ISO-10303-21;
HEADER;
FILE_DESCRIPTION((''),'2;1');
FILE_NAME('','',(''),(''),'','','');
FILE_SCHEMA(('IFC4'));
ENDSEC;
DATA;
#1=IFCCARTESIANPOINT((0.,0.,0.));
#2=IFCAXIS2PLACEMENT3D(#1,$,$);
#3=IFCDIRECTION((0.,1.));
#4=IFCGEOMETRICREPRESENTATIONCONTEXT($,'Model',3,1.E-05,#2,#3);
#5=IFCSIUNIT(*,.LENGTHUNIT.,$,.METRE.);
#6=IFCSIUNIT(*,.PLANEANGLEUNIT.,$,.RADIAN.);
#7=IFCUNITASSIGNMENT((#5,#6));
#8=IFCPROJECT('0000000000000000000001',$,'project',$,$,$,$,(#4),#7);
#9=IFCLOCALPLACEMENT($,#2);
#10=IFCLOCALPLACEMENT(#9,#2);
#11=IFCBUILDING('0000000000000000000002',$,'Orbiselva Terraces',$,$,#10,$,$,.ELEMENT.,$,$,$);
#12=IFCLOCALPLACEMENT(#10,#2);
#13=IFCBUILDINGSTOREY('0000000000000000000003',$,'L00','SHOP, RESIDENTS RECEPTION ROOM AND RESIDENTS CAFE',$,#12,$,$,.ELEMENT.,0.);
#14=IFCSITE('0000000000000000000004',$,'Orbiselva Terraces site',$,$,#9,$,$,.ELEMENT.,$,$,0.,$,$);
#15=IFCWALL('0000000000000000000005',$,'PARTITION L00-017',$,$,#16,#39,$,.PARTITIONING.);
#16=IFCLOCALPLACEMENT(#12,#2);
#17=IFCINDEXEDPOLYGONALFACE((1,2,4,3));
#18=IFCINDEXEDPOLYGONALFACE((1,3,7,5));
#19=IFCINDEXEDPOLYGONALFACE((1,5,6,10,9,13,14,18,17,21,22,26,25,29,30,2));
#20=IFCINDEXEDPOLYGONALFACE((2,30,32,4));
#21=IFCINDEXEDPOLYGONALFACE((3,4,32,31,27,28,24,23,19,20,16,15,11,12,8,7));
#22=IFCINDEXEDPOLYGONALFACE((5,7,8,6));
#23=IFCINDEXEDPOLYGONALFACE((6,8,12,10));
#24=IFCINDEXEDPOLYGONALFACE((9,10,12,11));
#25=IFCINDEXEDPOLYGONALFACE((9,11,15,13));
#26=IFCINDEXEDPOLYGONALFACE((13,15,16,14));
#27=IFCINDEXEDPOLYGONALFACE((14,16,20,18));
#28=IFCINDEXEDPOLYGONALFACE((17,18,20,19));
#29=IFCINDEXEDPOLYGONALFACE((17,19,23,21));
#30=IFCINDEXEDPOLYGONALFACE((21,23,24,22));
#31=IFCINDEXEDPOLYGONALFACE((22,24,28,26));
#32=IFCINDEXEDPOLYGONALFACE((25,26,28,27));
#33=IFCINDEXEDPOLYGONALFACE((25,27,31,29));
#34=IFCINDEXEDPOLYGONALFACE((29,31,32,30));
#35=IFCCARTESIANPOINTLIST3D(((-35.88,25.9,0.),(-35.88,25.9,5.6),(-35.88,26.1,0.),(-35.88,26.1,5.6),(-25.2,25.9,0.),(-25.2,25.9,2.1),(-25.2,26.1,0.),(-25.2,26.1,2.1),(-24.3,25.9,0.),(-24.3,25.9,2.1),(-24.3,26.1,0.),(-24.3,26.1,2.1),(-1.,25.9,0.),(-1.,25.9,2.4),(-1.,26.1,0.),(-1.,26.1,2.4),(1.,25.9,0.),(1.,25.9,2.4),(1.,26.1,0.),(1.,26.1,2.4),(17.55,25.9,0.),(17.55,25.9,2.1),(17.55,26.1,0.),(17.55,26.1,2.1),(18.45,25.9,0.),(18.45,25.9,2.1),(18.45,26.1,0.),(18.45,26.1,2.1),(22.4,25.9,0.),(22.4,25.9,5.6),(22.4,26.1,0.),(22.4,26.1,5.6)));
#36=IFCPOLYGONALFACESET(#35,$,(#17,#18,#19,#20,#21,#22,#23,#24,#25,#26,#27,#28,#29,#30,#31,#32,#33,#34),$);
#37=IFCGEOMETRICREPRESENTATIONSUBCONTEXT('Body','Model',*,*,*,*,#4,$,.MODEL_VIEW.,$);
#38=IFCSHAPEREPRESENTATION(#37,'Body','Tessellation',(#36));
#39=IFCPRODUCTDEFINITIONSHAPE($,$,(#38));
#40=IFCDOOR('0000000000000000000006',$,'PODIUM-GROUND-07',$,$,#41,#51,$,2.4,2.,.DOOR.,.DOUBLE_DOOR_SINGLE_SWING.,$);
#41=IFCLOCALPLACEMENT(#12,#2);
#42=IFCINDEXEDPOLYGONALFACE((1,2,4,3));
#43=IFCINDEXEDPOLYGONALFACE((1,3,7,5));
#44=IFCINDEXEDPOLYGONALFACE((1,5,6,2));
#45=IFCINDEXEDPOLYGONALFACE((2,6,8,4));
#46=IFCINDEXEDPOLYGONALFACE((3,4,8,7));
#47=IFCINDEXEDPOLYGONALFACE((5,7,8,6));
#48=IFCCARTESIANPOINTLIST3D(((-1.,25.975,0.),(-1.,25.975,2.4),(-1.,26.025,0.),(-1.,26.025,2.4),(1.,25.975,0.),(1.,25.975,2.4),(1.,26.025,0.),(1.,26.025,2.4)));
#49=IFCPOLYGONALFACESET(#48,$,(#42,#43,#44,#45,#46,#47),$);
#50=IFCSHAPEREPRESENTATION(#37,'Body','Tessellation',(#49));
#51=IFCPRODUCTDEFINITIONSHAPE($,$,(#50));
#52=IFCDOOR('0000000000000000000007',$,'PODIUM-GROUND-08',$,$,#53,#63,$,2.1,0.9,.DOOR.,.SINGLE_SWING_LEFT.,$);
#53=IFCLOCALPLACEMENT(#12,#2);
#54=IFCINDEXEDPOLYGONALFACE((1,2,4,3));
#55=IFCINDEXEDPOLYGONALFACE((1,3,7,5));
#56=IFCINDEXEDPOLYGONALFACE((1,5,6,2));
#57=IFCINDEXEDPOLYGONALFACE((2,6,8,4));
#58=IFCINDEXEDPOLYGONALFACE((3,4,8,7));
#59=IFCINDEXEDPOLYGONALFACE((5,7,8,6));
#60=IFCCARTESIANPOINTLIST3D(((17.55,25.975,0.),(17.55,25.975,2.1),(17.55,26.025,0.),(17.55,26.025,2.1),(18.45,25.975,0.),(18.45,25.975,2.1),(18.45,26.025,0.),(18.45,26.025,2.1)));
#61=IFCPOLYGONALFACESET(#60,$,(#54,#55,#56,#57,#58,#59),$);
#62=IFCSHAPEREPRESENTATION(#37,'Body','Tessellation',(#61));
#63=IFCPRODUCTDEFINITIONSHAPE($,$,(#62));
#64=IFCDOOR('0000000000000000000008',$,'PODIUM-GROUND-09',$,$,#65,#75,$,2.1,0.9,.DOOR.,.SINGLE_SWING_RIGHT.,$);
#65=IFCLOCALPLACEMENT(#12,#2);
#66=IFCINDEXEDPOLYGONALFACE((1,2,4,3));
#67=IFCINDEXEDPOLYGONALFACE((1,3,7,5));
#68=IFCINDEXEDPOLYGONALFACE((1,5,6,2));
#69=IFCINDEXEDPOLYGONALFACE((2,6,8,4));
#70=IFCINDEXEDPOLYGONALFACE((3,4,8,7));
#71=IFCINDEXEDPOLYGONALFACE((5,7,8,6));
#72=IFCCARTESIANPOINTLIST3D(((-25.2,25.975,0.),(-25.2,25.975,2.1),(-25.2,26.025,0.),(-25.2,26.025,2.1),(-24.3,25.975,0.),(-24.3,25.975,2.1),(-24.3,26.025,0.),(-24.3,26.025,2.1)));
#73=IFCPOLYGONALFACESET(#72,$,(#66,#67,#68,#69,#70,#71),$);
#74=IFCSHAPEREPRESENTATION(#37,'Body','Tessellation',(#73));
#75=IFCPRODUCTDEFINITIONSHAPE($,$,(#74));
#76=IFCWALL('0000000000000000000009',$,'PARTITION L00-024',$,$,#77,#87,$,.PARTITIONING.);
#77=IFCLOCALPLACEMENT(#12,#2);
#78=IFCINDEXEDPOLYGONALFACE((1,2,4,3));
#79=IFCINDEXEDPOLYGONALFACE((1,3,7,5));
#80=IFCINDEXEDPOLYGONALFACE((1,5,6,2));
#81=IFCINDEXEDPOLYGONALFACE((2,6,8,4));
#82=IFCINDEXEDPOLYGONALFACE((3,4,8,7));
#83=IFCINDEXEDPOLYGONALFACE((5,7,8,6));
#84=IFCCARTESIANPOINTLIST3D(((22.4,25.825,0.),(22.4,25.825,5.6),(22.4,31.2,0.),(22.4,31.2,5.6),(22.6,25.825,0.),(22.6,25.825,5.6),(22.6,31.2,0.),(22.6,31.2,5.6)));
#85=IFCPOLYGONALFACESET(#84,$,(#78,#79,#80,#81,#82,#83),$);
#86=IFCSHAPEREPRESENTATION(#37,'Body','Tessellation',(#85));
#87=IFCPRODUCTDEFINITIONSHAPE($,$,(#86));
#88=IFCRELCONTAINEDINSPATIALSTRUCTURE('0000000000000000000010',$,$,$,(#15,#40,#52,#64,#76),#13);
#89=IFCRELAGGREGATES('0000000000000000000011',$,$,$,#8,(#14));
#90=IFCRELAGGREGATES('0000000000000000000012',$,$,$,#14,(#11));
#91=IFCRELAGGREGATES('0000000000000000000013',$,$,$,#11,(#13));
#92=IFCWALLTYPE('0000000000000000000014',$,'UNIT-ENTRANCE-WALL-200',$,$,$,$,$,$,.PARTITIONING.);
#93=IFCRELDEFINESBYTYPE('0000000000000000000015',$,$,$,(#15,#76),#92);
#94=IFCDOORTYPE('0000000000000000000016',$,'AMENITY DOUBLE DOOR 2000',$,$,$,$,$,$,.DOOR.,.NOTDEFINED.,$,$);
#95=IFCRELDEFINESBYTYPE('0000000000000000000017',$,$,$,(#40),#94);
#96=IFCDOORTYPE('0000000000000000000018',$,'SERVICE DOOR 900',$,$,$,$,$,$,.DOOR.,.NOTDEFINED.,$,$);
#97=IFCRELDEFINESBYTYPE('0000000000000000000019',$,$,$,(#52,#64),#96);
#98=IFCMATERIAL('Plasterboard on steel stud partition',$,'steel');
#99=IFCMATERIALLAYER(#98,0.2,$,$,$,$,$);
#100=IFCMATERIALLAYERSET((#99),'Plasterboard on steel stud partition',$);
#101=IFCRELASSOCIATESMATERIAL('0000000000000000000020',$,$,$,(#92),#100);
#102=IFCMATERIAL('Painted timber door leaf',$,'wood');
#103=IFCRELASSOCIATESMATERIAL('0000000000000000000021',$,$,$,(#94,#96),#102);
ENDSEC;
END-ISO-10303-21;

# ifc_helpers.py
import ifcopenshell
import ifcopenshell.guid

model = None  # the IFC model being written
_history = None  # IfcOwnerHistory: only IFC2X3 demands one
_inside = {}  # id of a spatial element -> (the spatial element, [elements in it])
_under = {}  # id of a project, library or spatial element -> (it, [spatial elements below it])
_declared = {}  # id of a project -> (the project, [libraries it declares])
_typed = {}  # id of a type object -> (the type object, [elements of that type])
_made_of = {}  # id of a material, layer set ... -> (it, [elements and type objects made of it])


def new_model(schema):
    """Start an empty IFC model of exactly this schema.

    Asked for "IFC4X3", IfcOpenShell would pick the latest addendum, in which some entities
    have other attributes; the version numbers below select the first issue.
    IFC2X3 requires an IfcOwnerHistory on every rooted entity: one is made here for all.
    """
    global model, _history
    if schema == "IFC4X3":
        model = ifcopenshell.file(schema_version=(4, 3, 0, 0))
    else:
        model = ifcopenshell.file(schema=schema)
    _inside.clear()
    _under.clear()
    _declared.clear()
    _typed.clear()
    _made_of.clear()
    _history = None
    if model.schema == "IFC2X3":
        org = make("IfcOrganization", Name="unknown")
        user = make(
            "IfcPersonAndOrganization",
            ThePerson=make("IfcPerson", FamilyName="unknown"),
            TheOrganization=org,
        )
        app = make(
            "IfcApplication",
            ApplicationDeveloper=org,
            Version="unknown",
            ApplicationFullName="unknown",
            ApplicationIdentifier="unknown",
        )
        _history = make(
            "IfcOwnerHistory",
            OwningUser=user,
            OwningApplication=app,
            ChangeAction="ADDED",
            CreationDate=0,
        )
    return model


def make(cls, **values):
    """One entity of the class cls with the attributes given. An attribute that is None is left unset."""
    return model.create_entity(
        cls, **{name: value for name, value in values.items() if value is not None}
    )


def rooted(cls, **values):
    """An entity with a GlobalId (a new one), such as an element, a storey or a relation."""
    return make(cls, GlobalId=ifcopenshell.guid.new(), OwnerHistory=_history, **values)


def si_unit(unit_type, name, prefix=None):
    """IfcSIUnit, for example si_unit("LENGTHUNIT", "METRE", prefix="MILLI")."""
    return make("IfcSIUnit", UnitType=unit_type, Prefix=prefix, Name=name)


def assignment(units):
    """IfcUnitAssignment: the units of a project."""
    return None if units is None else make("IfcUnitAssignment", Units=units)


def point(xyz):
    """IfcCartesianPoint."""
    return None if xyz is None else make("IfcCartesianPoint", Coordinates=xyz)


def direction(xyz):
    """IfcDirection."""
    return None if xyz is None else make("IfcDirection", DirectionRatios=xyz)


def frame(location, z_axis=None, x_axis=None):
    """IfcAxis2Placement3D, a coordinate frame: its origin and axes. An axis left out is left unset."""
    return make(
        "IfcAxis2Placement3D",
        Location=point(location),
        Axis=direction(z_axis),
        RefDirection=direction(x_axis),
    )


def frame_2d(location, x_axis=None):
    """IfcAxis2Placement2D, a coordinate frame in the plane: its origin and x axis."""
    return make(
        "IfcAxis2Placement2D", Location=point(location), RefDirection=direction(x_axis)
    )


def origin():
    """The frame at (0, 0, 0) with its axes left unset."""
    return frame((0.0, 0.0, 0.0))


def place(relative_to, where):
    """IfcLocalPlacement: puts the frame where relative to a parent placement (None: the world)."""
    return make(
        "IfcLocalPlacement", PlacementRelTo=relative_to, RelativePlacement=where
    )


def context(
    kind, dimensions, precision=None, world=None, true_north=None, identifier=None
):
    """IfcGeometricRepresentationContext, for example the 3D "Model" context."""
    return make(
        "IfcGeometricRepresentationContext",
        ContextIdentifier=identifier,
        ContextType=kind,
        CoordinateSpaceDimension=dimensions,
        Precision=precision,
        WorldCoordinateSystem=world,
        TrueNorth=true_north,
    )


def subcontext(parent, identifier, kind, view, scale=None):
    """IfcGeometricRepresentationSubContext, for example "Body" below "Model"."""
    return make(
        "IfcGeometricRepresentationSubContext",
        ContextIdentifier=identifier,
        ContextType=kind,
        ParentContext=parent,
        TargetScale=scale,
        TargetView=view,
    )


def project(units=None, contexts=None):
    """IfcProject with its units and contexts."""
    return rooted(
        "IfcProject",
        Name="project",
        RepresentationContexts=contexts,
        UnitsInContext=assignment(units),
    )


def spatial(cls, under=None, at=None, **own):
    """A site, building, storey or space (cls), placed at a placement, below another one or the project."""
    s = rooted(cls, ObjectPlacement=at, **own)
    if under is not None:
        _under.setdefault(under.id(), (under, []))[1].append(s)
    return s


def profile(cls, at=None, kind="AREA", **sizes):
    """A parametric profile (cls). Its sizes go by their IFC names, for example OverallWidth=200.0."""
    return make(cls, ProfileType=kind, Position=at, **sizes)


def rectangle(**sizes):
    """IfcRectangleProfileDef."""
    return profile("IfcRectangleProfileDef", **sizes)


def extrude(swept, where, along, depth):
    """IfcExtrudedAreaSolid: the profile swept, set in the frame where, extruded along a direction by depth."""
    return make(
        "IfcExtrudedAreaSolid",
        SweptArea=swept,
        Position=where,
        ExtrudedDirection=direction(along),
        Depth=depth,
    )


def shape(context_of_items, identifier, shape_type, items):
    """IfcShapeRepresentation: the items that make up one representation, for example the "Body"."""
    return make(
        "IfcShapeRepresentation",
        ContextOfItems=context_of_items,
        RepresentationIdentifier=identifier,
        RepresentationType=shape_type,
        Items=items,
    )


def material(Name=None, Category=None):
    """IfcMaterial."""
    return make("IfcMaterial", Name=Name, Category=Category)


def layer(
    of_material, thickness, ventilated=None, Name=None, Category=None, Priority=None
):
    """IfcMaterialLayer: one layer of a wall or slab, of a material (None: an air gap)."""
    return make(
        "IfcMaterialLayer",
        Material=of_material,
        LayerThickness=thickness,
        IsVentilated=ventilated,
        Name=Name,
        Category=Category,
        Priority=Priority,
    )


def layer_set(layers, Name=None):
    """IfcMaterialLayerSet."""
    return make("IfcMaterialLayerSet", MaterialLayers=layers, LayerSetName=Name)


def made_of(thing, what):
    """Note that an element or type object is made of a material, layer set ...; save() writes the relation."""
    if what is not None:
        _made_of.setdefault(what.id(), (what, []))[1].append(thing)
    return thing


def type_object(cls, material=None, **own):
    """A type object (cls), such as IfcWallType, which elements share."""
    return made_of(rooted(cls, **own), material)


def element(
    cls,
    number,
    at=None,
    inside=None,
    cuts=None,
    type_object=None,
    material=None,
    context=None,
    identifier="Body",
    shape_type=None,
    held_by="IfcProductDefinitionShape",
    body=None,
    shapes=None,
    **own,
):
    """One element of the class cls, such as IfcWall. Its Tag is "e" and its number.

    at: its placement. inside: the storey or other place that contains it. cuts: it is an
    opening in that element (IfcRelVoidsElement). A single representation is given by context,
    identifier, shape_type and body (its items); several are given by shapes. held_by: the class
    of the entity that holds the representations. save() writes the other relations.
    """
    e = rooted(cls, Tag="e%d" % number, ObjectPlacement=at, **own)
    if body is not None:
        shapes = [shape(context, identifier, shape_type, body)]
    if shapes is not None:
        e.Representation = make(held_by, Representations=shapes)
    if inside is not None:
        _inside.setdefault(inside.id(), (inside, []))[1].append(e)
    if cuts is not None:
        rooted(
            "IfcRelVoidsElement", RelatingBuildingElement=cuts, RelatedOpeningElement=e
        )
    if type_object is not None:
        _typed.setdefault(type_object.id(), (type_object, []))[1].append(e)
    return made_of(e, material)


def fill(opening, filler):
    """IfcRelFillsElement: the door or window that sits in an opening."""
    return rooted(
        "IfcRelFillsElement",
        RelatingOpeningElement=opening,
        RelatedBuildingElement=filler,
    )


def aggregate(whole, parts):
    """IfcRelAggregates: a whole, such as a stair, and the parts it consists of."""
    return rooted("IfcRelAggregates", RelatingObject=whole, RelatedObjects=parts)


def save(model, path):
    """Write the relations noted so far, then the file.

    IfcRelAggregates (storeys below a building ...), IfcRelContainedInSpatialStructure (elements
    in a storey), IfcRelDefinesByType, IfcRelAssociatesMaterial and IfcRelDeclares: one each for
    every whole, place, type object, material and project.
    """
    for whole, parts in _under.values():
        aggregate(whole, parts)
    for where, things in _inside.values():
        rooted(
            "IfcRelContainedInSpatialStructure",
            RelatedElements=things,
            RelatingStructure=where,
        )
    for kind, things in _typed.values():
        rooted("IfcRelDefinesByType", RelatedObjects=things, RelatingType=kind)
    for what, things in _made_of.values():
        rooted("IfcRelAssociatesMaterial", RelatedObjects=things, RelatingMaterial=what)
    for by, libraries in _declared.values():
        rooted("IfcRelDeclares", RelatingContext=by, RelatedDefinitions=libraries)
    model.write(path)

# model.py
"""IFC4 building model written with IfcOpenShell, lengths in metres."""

from ifc_helpers import new_model, si_unit, direction, frame, frame_2d, origin, place, context, subcontext, project, spatial, rectangle, extrude, material, layer, layer_set, type_object, element, fill, save


model = new_model("IFC4")

# Units and contexts
model_context = context("Model", 3, precision=1e-05, world=origin(), true_north=direction((0.0, 1.0)))
body_context = subcontext(model_context, "Body", "Model", "MODEL_VIEW")
ifc_project = project(units=[si_unit("LENGTHUNIT", "METRE"), si_unit("PLANEANGLEUNIT", "RADIAN")], contexts=[model_context])

# Site, building, storey
site_placement = place(None, origin())
site = spatial("IfcSite", under=ifc_project, at=site_placement, Name="Orbiselva Terraces site", CompositionType="ELEMENT", RefElevation=0.0)
building_placement = place(site_placement, origin())
building = spatial("IfcBuilding", under=site, at=building_placement, Name="Orbiselva Terraces", CompositionType="ELEMENT")
storey_placement = place(building_placement, origin())
storey = spatial("IfcBuildingStorey", under=building, at=storey_placement, Name="L00", Description="SHOP, RESIDENTS RECEPTION ROOM AND RESIDENTS CAFE", CompositionType="ELEMENT", Elevation=0.0)

# Wall, openings, doors
ifc_material_1 = material(Name="Plasterboard on steel stud partition", Category="steel")
ifc_layer_1 = layer(ifc_material_1, 0.2)
ifc_layer_set_1 = layer_set([ifc_layer_1], Name="Plasterboard on steel stud partition")
wall_type = type_object("IfcWallType", Name="UNIT-ENTRANCE-WALL-200", PredefinedType="PARTITIONING", material=ifc_layer_set_1)
wall_1_placement = place(storey_placement, frame((22.4, 26.0, 0.0), z_axis=(0.0, 0.0, 1.0), x_axis=(-1.0, 0.0, 0.0)))
wall_1 = element("IfcWall", 1, at=wall_1_placement, inside=storey, type_object=wall_type, Name="PARTITION L00-017", PredefinedType="PARTITIONING", context=body_context, shape_type="SweptSolid", body=[
    extrude(rectangle(XDim=58.28, YDim=0.2, at=frame_2d((29.14, 0.0))), origin(), (0.0, 0.0, 1.0), 5.6),
])
opening_1_placement = place(wall_1_placement, frame((21.4, 0.0, 0.0)))
opening_1 = element("IfcOpeningElement", 2, at=opening_1_placement, cuts=wall_1, PredefinedType="OPENING", context=body_context, shape_type="SweptSolid", body=[
    extrude(rectangle(XDim=2.0, YDim=2.4, at=frame_2d((1.0, 1.2))), frame((0.0, 0.11, 0.0), z_axis=(0.0, -1.0, 0.0), x_axis=(1.0, 0.0, 0.0)), (0.0, 0.0, 1.0), 0.22),
])
opening_2_placement = place(wall_1_placement, frame((3.95, 0.0, 0.0)))
opening_2 = element("IfcOpeningElement", 3, at=opening_2_placement, cuts=wall_1, PredefinedType="OPENING", context=body_context, shape_type="SweptSolid", body=[
    extrude(rectangle(XDim=0.9, YDim=2.1, at=frame_2d((0.45, 1.05))), frame((0.0, 0.11, 0.0), z_axis=(0.0, -1.0, 0.0), x_axis=(1.0, 0.0, 0.0)), (0.0, 0.0, 1.0), 0.22),
])
opening_3_placement = place(wall_1_placement, frame((46.7, 0.0, 0.0)))
opening_3 = element("IfcOpeningElement", 4, at=opening_3_placement, cuts=wall_1, PredefinedType="OPENING", context=body_context, shape_type="SweptSolid", body=[
    extrude(rectangle(XDim=0.9, YDim=2.1, at=frame_2d((0.45, 1.05))), frame((0.0, 0.11, 0.0), z_axis=(0.0, -1.0, 0.0), x_axis=(1.0, 0.0, 0.0)), (0.0, 0.0, 1.0), 0.22),
])
ifc_material_2 = material(Name="Painted timber door leaf", Category="wood")
door_type_1 = type_object("IfcDoorType", Name="AMENITY DOUBLE DOOR 2000", OperationType="NOTDEFINED", PredefinedType="DOOR", material=ifc_material_2)
door_1_placement = place(opening_1_placement, origin())
door_1 = element("IfcDoor", 5, at=door_1_placement, inside=storey, type_object=door_type_1, Name="PODIUM-GROUND-07", OperationType="DOUBLE_DOOR_SINGLE_SWING", OverallHeight=2.4, OverallWidth=2.0, PredefinedType="DOOR", context=body_context, shape_type="SweptSolid", body=[
    extrude(rectangle(XDim=2.0, YDim=2.4, at=frame_2d((1.0, 1.2))), frame((0.0, 0.025, 0.0), z_axis=(0.0, -1.0, 0.0), x_axis=(1.0, 0.0, 0.0)), (0.0, 0.0, 1.0), 0.05),
])
fill(opening_1, door_1)
door_type_2 = type_object("IfcDoorType", Name="SERVICE DOOR 900", OperationType="NOTDEFINED", PredefinedType="DOOR", material=ifc_material_2)
door_2_placement = place(opening_2_placement, origin())
door_2 = element("IfcDoor", 6, at=door_2_placement, inside=storey, type_object=door_type_2, Name="PODIUM-GROUND-08", OperationType="SINGLE_SWING_LEFT", OverallHeight=2.1, OverallWidth=0.9, PredefinedType="DOOR", context=body_context, shape_type="SweptSolid", body=[
    extrude(rectangle(XDim=0.9, YDim=2.1, at=frame_2d((0.45, 1.05))), frame((0.0, 0.025, 0.0), z_axis=(0.0, -1.0, 0.0), x_axis=(1.0, 0.0, 0.0)), (0.0, 0.0, 1.0), 0.05),
])
fill(opening_2, door_2)
door_3_placement = place(opening_3_placement, origin())
door_3 = element("IfcDoor", 7, at=door_3_placement, inside=storey, type_object=door_type_2, Name="PODIUM-GROUND-09", OperationType="SINGLE_SWING_RIGHT", OverallHeight=2.1, OverallWidth=0.9, PredefinedType="DOOR", context=body_context, shape_type="SweptSolid", body=[
    extrude(rectangle(XDim=0.9, YDim=2.1, at=frame_2d((0.45, 1.05))), frame((0.0, 0.025, 0.0), z_axis=(0.0, -1.0, 0.0), x_axis=(1.0, 0.0, 0.0)), (0.0, 0.0, 1.0), 0.05),
])
fill(opening_3, door_3)

# Wall
wall_2_placement = place(storey_placement, frame((22.5, 25.825, 0.0), z_axis=(0.0, 0.0, 1.0), x_axis=(0.0, 1.0, 0.0)))
element("IfcWall", 8, at=wall_2_placement, inside=storey, type_object=wall_type, Name="PARTITION L00-024", PredefinedType="PARTITIONING", context=body_context, shape_type="SweptSolid", body=[
    extrude(rectangle(XDim=5.375, YDim=0.2, at=frame_2d((2.6875, 0.0))), origin(), (0.0, 0.0, 1.0), 5.6),
])

save(model, "model.ifc")
